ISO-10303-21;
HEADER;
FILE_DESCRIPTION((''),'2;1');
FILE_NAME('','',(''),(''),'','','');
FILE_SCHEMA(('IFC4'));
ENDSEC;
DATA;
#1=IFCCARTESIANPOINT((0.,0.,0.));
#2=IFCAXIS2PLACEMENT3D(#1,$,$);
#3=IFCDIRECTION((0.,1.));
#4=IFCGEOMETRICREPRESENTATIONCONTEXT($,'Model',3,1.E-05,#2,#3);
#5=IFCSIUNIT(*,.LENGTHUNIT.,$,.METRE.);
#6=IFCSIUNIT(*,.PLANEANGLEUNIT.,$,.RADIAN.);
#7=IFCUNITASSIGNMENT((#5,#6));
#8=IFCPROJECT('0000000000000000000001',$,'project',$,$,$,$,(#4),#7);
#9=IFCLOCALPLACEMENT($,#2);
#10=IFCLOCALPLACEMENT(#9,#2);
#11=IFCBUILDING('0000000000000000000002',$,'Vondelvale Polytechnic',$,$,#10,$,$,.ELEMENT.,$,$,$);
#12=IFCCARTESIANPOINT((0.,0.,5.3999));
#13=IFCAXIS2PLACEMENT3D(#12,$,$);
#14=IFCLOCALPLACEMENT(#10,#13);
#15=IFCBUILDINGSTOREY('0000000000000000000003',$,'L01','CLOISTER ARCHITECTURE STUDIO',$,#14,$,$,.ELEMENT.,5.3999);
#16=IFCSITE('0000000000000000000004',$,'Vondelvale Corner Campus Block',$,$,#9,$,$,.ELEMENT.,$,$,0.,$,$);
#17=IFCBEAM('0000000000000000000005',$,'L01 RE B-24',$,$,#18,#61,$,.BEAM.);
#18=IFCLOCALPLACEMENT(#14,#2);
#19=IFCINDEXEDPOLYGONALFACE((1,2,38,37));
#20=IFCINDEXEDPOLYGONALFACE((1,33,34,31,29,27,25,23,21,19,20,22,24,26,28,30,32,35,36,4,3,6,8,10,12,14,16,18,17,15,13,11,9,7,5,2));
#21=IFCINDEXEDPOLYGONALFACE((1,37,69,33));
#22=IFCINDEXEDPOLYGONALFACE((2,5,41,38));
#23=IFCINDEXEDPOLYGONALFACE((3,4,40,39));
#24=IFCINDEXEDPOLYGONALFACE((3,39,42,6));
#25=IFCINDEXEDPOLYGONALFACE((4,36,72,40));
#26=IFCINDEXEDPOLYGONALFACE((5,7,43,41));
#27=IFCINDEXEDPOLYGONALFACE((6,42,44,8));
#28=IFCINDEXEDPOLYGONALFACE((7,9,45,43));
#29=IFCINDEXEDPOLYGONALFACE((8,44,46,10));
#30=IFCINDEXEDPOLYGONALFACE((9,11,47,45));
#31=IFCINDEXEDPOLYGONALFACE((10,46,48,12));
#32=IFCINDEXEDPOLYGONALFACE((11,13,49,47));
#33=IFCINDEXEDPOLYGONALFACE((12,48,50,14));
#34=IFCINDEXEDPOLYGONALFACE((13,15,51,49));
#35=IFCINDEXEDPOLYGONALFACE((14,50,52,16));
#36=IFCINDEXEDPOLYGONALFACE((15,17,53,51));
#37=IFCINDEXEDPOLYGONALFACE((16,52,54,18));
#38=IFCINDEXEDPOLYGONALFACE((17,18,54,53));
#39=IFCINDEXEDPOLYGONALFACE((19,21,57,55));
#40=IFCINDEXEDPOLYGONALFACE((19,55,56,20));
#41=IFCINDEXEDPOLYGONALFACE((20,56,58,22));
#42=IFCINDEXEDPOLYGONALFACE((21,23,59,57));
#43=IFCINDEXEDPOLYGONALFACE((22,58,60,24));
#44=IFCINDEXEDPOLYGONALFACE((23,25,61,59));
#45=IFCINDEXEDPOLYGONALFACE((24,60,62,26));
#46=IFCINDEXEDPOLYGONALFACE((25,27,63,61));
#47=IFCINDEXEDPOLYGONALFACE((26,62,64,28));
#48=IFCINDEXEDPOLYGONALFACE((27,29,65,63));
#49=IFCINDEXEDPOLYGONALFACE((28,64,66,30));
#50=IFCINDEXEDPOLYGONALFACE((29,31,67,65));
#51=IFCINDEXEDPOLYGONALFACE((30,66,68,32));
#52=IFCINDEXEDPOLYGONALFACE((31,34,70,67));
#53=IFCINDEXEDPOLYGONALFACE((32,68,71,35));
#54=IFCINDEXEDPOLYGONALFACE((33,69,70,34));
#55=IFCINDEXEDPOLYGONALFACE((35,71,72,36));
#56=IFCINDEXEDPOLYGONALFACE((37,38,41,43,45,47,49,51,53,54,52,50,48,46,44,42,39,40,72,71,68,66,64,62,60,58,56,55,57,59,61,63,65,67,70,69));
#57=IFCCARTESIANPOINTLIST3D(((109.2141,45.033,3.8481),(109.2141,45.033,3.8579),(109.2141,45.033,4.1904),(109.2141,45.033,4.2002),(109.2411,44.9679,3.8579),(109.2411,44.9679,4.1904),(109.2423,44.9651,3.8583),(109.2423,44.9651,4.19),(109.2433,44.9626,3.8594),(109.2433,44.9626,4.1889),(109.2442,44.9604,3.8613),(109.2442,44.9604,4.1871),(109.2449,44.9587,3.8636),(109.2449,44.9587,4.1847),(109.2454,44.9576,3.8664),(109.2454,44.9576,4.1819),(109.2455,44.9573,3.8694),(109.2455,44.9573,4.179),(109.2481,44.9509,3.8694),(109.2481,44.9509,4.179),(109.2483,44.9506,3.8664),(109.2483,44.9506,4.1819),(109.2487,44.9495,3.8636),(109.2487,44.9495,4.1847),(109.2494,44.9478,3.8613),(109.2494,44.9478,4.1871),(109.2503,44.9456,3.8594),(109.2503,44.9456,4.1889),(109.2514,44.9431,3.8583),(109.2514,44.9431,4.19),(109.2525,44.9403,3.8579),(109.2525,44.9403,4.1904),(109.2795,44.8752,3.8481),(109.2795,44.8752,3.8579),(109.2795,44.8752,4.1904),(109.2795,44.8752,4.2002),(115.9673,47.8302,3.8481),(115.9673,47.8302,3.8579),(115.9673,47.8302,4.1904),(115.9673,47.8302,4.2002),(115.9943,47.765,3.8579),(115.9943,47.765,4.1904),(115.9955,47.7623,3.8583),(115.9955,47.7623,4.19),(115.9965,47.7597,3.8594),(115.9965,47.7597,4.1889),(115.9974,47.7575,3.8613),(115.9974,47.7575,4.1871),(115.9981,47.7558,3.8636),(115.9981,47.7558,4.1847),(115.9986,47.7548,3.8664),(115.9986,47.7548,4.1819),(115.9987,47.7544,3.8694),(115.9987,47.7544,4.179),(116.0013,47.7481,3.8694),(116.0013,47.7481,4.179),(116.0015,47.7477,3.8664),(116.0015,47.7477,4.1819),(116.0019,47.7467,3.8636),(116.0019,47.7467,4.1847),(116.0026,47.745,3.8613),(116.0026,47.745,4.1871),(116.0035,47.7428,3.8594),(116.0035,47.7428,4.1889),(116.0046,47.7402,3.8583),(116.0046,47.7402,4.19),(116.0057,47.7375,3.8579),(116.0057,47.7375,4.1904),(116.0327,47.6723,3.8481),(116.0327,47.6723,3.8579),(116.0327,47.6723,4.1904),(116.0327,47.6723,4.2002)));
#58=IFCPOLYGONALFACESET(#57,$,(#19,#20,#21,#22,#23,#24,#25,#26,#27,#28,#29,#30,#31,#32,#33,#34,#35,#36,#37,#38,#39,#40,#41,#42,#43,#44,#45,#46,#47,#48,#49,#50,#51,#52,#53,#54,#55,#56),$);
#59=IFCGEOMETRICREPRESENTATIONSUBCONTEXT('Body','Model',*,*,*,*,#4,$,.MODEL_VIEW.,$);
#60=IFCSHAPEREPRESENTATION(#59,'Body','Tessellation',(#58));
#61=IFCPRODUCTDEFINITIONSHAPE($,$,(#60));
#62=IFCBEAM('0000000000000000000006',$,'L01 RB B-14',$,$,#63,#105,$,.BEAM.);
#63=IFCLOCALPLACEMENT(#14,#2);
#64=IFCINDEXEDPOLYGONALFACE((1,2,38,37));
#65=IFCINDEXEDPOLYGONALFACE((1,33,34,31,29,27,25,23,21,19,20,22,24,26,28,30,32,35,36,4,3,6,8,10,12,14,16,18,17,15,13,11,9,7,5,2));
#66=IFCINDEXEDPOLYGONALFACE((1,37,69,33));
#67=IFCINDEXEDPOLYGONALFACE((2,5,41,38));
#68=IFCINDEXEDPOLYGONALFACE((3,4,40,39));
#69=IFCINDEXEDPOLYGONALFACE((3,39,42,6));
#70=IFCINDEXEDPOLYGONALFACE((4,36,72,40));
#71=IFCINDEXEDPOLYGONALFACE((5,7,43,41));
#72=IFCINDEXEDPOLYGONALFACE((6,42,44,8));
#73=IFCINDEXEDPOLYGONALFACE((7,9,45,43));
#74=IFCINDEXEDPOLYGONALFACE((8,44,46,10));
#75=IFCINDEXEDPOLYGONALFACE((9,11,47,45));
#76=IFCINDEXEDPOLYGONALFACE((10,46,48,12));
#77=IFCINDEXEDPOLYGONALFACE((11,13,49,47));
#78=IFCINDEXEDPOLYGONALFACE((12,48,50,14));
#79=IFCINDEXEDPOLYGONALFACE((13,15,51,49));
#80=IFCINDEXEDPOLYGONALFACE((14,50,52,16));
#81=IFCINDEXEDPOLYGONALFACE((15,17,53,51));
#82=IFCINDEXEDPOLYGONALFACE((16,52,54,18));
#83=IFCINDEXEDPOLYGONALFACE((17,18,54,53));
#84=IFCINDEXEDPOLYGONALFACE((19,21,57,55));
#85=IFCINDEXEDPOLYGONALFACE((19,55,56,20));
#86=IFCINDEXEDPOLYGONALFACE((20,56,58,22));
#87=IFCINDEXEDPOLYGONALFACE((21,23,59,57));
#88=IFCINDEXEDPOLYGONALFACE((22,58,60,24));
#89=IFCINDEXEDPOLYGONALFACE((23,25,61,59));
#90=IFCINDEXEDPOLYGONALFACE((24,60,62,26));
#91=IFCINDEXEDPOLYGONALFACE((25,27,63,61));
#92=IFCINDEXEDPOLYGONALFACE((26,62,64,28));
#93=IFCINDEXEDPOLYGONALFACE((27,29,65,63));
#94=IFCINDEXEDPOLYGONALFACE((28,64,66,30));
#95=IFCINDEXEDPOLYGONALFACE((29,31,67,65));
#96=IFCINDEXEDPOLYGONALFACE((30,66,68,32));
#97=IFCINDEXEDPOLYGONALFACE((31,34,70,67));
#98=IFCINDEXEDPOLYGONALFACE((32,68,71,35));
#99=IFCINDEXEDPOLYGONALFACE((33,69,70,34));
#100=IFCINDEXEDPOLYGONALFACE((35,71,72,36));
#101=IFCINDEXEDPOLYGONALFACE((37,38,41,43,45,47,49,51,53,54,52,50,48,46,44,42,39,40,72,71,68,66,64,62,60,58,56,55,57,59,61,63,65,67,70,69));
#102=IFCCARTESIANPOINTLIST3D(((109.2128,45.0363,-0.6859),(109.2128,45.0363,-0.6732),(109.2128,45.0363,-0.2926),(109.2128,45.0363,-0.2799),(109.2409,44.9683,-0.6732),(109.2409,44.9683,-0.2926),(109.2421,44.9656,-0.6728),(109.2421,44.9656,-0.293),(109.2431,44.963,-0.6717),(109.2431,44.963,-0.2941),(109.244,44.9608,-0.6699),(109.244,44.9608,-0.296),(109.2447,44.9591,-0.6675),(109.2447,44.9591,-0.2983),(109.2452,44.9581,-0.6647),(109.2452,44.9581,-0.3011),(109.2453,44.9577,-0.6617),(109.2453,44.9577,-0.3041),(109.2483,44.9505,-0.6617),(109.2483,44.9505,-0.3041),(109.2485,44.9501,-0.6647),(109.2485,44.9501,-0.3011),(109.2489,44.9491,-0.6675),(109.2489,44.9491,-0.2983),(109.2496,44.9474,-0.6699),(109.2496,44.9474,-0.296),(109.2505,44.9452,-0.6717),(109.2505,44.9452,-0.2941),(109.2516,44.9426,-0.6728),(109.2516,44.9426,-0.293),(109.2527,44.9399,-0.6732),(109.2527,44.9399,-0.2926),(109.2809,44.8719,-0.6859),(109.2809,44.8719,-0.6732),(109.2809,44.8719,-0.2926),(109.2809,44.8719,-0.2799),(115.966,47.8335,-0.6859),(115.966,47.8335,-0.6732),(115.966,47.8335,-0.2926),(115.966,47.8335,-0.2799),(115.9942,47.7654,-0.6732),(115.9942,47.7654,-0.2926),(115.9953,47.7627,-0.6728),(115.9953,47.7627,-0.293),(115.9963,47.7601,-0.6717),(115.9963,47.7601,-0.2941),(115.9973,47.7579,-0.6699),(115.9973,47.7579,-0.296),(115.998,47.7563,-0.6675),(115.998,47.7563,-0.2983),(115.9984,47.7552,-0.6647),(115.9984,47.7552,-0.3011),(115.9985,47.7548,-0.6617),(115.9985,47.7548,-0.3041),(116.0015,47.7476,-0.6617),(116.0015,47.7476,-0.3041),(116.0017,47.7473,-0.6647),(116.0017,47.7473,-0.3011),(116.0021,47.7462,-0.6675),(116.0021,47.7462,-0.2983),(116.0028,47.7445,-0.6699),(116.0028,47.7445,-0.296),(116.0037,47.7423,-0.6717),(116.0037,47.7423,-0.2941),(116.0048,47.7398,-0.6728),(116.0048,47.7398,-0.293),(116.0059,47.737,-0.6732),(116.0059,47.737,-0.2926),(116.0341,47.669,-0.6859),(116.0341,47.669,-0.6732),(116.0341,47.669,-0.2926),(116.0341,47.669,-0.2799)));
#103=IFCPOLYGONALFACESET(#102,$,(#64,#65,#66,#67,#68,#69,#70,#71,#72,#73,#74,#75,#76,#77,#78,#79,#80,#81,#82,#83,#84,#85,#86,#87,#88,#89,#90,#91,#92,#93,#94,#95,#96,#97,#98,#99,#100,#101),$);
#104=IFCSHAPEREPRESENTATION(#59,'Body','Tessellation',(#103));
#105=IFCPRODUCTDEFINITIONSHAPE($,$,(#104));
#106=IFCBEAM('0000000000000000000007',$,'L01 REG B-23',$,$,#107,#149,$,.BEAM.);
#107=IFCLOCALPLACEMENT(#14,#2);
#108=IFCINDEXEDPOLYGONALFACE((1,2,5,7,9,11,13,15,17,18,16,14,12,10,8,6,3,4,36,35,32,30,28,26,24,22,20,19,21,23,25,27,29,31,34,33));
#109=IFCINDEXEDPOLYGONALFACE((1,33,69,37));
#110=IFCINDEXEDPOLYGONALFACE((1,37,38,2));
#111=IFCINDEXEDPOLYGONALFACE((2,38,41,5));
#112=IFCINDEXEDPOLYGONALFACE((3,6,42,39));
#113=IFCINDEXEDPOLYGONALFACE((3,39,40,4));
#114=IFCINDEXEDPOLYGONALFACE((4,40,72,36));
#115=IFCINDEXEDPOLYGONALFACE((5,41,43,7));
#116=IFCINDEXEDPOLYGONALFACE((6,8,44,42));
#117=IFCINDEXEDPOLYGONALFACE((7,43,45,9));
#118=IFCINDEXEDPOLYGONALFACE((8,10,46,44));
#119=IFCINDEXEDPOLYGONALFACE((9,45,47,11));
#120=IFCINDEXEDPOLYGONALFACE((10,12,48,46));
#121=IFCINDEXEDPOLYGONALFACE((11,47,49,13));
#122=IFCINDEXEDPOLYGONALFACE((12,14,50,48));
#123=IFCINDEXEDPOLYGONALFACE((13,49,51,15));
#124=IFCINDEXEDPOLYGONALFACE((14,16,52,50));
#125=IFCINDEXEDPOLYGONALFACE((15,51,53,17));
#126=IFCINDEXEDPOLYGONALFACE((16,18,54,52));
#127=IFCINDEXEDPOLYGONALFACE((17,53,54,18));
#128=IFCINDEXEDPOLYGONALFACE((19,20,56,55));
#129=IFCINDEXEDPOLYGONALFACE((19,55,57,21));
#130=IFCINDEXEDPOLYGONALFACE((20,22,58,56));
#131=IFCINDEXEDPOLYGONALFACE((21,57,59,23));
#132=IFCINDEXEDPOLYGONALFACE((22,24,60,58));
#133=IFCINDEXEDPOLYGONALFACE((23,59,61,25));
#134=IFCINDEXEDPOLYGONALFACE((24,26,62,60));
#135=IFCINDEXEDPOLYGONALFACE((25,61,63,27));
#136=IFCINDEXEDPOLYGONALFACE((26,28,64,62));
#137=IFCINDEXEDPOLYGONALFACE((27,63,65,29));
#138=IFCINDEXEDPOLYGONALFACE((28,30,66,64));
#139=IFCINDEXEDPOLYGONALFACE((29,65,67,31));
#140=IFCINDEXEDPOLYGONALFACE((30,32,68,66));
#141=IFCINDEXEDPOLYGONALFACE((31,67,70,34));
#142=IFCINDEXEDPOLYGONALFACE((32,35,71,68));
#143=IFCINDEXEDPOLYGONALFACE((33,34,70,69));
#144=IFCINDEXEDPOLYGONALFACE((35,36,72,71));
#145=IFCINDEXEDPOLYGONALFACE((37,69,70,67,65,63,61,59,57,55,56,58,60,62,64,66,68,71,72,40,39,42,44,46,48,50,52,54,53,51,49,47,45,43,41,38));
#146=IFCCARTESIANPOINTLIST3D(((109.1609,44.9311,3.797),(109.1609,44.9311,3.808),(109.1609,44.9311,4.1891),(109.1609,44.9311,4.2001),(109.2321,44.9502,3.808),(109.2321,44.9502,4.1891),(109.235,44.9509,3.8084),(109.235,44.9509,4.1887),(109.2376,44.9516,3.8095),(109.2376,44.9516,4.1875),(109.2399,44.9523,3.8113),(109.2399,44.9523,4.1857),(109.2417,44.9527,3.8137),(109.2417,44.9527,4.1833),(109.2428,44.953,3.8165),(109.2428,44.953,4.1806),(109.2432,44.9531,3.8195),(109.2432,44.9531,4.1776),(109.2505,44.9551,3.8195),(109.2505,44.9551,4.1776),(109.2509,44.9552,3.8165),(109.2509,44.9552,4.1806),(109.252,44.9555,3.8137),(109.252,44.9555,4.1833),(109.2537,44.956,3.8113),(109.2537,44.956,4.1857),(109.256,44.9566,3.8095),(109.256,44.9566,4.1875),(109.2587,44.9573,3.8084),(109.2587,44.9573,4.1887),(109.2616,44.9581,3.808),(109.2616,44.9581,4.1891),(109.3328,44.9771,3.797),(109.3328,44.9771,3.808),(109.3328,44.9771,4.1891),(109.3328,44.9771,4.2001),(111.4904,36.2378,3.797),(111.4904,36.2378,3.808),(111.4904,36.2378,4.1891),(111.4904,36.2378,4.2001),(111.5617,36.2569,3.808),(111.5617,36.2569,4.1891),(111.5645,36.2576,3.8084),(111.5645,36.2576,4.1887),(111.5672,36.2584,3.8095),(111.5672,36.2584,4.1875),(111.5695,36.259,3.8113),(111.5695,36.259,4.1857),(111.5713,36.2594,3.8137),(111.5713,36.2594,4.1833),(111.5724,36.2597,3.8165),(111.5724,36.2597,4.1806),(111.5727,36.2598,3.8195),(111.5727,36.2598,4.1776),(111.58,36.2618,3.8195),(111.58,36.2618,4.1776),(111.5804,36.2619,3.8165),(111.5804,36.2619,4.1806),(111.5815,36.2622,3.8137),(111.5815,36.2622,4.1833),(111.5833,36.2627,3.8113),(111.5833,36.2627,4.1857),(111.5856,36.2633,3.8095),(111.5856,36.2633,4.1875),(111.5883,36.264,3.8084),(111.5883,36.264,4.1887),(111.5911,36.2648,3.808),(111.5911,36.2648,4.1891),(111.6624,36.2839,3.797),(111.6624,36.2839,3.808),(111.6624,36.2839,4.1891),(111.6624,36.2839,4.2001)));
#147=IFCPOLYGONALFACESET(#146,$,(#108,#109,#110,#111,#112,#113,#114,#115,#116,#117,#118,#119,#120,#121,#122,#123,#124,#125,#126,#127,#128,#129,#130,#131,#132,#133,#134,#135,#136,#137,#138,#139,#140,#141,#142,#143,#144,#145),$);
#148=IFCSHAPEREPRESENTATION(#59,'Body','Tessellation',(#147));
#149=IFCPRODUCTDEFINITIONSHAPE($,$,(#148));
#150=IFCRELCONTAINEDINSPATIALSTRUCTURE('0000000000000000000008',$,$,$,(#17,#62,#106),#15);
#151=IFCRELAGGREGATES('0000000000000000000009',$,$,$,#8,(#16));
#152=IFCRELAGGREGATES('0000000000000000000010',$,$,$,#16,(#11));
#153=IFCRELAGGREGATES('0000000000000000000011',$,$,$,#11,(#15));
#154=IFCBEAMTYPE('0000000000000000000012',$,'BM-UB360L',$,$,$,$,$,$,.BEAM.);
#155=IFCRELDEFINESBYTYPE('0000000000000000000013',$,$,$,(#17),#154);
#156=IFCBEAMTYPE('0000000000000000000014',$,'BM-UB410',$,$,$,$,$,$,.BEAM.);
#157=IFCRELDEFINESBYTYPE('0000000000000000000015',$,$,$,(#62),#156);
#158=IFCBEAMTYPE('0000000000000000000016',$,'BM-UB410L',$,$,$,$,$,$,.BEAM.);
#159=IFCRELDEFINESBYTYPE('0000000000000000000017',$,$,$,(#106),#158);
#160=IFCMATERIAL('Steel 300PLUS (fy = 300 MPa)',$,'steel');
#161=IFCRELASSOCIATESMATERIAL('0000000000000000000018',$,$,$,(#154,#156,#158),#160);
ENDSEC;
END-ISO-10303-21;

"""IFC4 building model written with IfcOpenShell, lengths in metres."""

from ifc_helpers import new_model, si_unit, direction, frame, origin, origin_2d, place, context, subcontext, project, spatial, i_section, extrude, material, material_profile, profile_set, type_object, element, save


model = new_model("IFC4")

# Units and contexts
model_context = context("Model", 3, precision=1e-05, world=origin(), true_north=direction((0.0, 1.0)))
body_context = subcontext(model_context, "Body", "Model", "MODEL_VIEW")
ifc_project = project(units=[si_unit("LENGTHUNIT", "METRE"), si_unit("PLANEANGLEUNIT", "RADIAN")], contexts=[model_context])

# Site, building, storey
site_placement = place(None, origin())
site = spatial("IfcSite", under=ifc_project, at=site_placement, Name="Vondelvale Corner Campus Block", CompositionType="ELEMENT", RefElevation=0.0)
building_placement = place(site_placement, origin())
building = spatial("IfcBuilding", under=site, at=building_placement, Name="Vondelvale Polytechnic", CompositionType="ELEMENT")
storey_placement = place(building_placement, frame((0.0, 0.0, 5.3999)))
storey = spatial("IfcBuildingStorey", under=building, at=storey_placement, Name="L01", Description="CLOISTER ARCHITECTURE STUDIO", CompositionType="ELEMENT", Elevation=5.3999)

# Beams
ifc_material_1 = material(Name="Steel 300PLUS (fy = 300 MPa)", Category="steel")
ifc_material_profile_1 = material_profile(ifc_material_1, i_section(OverallWidth=0.1709, OverallDepth=0.3521, WebThickness=0.0068, FlangeThickness=0.0098, FilletRadius=0.0115, at=origin_2d()), Name="360UB44.7")
ifc_profile_set_1 = profile_set([ifc_material_profile_1], Name="Steel 300PLUS (fy = 300 MPa)")
beam_type_1 = type_object("IfcBeamType", Name="BM-UB360L", PredefinedType="BEAM", material=ifc_profile_set_1)
beam_1_placement = place(storey_placement, frame((109.2468, 44.9541, 4.0242), z_axis=(0.923886, 0.382667, 0.0), x_axis=(-0.382667, 0.923886, 0.0)))
element("IfcBeam", 1, at=beam_1_placement, inside=storey, type_object=beam_type_1, Name="L01 RE B-24", PredefinedType="BEAM", context=body_context, shape_type="SweptSolid", body=[
    extrude(i_section(OverallWidth=0.1709, OverallDepth=0.3521, WebThickness=0.0068, FlangeThickness=0.0098, FilletRadius=0.0115, at=origin_2d()), origin(), (0.0, 0.0, 1.0), 7.3096),
])
ifc_material_profile_2 = material_profile(ifc_material_1, i_section(OverallWidth=0.178, OverallDepth=0.406, WebThickness=0.0078, FlangeThickness=0.0127, FilletRadius=0.0115, at=origin_2d()), Name="410UB59.7")
ifc_profile_set_2 = profile_set([ifc_material_profile_2], Name="Steel 300PLUS (fy = 300 MPa)")
beam_type_2 = type_object("IfcBeamType", Name="BM-UB410", PredefinedType="BEAM", material=ifc_profile_set_2)
beam_2_placement = place(storey_placement, frame((109.2468, 44.9541, -0.4829), z_axis=(0.923886, 0.382667, 0.0), x_axis=(-0.382667, 0.923886, 0.0)))
element("IfcBeam", 2, at=beam_2_placement, inside=storey, type_object=beam_type_2, Name="L01 RB B-14", PredefinedType="BEAM", context=body_context, shape_type="SweptSolid", body=[
    extrude(i_section(OverallWidth=0.178, OverallDepth=0.406, WebThickness=0.0078, FlangeThickness=0.0127, FilletRadius=0.0115, at=origin_2d()), origin(), (0.0, 0.0, 1.0), 7.3096),
])
ifc_material_profile_3 = material_profile(ifc_material_1, i_section(OverallWidth=0.178, OverallDepth=0.4031, WebThickness=0.0076, FlangeThickness=0.011, FilletRadius=0.0115, at=origin_2d()), Name="410UB53.7")
ifc_profile_set_3 = profile_set([ifc_material_profile_3], Name="Steel 300PLUS (fy = 300 MPa)")
beam_type_3 = type_object("IfcBeamType", Name="BM-UB410L", PredefinedType="BEAM", material=ifc_profile_set_3)
beam_3_placement = place(storey_placement, frame((109.2468, 44.9541, 3.9985), z_axis=(0.258841, -0.96592, 0.0), x_axis=(0.96592, 0.258841, 0.0)))
element("IfcBeam", 3, at=beam_3_placement, inside=storey, type_object=beam_type_3, Name="L01 REG B-23", PredefinedType="BEAM", context=body_context, shape_type="SweptSolid", body=[
    extrude(i_section(OverallWidth=0.178, OverallDepth=0.4031, WebThickness=0.0076, FlangeThickness=0.011, FilletRadius=0.0115, at=origin_2d()), origin(), (0.0, 0.0, 1.0), 9.0),
])

save(model, "model.ifc")
